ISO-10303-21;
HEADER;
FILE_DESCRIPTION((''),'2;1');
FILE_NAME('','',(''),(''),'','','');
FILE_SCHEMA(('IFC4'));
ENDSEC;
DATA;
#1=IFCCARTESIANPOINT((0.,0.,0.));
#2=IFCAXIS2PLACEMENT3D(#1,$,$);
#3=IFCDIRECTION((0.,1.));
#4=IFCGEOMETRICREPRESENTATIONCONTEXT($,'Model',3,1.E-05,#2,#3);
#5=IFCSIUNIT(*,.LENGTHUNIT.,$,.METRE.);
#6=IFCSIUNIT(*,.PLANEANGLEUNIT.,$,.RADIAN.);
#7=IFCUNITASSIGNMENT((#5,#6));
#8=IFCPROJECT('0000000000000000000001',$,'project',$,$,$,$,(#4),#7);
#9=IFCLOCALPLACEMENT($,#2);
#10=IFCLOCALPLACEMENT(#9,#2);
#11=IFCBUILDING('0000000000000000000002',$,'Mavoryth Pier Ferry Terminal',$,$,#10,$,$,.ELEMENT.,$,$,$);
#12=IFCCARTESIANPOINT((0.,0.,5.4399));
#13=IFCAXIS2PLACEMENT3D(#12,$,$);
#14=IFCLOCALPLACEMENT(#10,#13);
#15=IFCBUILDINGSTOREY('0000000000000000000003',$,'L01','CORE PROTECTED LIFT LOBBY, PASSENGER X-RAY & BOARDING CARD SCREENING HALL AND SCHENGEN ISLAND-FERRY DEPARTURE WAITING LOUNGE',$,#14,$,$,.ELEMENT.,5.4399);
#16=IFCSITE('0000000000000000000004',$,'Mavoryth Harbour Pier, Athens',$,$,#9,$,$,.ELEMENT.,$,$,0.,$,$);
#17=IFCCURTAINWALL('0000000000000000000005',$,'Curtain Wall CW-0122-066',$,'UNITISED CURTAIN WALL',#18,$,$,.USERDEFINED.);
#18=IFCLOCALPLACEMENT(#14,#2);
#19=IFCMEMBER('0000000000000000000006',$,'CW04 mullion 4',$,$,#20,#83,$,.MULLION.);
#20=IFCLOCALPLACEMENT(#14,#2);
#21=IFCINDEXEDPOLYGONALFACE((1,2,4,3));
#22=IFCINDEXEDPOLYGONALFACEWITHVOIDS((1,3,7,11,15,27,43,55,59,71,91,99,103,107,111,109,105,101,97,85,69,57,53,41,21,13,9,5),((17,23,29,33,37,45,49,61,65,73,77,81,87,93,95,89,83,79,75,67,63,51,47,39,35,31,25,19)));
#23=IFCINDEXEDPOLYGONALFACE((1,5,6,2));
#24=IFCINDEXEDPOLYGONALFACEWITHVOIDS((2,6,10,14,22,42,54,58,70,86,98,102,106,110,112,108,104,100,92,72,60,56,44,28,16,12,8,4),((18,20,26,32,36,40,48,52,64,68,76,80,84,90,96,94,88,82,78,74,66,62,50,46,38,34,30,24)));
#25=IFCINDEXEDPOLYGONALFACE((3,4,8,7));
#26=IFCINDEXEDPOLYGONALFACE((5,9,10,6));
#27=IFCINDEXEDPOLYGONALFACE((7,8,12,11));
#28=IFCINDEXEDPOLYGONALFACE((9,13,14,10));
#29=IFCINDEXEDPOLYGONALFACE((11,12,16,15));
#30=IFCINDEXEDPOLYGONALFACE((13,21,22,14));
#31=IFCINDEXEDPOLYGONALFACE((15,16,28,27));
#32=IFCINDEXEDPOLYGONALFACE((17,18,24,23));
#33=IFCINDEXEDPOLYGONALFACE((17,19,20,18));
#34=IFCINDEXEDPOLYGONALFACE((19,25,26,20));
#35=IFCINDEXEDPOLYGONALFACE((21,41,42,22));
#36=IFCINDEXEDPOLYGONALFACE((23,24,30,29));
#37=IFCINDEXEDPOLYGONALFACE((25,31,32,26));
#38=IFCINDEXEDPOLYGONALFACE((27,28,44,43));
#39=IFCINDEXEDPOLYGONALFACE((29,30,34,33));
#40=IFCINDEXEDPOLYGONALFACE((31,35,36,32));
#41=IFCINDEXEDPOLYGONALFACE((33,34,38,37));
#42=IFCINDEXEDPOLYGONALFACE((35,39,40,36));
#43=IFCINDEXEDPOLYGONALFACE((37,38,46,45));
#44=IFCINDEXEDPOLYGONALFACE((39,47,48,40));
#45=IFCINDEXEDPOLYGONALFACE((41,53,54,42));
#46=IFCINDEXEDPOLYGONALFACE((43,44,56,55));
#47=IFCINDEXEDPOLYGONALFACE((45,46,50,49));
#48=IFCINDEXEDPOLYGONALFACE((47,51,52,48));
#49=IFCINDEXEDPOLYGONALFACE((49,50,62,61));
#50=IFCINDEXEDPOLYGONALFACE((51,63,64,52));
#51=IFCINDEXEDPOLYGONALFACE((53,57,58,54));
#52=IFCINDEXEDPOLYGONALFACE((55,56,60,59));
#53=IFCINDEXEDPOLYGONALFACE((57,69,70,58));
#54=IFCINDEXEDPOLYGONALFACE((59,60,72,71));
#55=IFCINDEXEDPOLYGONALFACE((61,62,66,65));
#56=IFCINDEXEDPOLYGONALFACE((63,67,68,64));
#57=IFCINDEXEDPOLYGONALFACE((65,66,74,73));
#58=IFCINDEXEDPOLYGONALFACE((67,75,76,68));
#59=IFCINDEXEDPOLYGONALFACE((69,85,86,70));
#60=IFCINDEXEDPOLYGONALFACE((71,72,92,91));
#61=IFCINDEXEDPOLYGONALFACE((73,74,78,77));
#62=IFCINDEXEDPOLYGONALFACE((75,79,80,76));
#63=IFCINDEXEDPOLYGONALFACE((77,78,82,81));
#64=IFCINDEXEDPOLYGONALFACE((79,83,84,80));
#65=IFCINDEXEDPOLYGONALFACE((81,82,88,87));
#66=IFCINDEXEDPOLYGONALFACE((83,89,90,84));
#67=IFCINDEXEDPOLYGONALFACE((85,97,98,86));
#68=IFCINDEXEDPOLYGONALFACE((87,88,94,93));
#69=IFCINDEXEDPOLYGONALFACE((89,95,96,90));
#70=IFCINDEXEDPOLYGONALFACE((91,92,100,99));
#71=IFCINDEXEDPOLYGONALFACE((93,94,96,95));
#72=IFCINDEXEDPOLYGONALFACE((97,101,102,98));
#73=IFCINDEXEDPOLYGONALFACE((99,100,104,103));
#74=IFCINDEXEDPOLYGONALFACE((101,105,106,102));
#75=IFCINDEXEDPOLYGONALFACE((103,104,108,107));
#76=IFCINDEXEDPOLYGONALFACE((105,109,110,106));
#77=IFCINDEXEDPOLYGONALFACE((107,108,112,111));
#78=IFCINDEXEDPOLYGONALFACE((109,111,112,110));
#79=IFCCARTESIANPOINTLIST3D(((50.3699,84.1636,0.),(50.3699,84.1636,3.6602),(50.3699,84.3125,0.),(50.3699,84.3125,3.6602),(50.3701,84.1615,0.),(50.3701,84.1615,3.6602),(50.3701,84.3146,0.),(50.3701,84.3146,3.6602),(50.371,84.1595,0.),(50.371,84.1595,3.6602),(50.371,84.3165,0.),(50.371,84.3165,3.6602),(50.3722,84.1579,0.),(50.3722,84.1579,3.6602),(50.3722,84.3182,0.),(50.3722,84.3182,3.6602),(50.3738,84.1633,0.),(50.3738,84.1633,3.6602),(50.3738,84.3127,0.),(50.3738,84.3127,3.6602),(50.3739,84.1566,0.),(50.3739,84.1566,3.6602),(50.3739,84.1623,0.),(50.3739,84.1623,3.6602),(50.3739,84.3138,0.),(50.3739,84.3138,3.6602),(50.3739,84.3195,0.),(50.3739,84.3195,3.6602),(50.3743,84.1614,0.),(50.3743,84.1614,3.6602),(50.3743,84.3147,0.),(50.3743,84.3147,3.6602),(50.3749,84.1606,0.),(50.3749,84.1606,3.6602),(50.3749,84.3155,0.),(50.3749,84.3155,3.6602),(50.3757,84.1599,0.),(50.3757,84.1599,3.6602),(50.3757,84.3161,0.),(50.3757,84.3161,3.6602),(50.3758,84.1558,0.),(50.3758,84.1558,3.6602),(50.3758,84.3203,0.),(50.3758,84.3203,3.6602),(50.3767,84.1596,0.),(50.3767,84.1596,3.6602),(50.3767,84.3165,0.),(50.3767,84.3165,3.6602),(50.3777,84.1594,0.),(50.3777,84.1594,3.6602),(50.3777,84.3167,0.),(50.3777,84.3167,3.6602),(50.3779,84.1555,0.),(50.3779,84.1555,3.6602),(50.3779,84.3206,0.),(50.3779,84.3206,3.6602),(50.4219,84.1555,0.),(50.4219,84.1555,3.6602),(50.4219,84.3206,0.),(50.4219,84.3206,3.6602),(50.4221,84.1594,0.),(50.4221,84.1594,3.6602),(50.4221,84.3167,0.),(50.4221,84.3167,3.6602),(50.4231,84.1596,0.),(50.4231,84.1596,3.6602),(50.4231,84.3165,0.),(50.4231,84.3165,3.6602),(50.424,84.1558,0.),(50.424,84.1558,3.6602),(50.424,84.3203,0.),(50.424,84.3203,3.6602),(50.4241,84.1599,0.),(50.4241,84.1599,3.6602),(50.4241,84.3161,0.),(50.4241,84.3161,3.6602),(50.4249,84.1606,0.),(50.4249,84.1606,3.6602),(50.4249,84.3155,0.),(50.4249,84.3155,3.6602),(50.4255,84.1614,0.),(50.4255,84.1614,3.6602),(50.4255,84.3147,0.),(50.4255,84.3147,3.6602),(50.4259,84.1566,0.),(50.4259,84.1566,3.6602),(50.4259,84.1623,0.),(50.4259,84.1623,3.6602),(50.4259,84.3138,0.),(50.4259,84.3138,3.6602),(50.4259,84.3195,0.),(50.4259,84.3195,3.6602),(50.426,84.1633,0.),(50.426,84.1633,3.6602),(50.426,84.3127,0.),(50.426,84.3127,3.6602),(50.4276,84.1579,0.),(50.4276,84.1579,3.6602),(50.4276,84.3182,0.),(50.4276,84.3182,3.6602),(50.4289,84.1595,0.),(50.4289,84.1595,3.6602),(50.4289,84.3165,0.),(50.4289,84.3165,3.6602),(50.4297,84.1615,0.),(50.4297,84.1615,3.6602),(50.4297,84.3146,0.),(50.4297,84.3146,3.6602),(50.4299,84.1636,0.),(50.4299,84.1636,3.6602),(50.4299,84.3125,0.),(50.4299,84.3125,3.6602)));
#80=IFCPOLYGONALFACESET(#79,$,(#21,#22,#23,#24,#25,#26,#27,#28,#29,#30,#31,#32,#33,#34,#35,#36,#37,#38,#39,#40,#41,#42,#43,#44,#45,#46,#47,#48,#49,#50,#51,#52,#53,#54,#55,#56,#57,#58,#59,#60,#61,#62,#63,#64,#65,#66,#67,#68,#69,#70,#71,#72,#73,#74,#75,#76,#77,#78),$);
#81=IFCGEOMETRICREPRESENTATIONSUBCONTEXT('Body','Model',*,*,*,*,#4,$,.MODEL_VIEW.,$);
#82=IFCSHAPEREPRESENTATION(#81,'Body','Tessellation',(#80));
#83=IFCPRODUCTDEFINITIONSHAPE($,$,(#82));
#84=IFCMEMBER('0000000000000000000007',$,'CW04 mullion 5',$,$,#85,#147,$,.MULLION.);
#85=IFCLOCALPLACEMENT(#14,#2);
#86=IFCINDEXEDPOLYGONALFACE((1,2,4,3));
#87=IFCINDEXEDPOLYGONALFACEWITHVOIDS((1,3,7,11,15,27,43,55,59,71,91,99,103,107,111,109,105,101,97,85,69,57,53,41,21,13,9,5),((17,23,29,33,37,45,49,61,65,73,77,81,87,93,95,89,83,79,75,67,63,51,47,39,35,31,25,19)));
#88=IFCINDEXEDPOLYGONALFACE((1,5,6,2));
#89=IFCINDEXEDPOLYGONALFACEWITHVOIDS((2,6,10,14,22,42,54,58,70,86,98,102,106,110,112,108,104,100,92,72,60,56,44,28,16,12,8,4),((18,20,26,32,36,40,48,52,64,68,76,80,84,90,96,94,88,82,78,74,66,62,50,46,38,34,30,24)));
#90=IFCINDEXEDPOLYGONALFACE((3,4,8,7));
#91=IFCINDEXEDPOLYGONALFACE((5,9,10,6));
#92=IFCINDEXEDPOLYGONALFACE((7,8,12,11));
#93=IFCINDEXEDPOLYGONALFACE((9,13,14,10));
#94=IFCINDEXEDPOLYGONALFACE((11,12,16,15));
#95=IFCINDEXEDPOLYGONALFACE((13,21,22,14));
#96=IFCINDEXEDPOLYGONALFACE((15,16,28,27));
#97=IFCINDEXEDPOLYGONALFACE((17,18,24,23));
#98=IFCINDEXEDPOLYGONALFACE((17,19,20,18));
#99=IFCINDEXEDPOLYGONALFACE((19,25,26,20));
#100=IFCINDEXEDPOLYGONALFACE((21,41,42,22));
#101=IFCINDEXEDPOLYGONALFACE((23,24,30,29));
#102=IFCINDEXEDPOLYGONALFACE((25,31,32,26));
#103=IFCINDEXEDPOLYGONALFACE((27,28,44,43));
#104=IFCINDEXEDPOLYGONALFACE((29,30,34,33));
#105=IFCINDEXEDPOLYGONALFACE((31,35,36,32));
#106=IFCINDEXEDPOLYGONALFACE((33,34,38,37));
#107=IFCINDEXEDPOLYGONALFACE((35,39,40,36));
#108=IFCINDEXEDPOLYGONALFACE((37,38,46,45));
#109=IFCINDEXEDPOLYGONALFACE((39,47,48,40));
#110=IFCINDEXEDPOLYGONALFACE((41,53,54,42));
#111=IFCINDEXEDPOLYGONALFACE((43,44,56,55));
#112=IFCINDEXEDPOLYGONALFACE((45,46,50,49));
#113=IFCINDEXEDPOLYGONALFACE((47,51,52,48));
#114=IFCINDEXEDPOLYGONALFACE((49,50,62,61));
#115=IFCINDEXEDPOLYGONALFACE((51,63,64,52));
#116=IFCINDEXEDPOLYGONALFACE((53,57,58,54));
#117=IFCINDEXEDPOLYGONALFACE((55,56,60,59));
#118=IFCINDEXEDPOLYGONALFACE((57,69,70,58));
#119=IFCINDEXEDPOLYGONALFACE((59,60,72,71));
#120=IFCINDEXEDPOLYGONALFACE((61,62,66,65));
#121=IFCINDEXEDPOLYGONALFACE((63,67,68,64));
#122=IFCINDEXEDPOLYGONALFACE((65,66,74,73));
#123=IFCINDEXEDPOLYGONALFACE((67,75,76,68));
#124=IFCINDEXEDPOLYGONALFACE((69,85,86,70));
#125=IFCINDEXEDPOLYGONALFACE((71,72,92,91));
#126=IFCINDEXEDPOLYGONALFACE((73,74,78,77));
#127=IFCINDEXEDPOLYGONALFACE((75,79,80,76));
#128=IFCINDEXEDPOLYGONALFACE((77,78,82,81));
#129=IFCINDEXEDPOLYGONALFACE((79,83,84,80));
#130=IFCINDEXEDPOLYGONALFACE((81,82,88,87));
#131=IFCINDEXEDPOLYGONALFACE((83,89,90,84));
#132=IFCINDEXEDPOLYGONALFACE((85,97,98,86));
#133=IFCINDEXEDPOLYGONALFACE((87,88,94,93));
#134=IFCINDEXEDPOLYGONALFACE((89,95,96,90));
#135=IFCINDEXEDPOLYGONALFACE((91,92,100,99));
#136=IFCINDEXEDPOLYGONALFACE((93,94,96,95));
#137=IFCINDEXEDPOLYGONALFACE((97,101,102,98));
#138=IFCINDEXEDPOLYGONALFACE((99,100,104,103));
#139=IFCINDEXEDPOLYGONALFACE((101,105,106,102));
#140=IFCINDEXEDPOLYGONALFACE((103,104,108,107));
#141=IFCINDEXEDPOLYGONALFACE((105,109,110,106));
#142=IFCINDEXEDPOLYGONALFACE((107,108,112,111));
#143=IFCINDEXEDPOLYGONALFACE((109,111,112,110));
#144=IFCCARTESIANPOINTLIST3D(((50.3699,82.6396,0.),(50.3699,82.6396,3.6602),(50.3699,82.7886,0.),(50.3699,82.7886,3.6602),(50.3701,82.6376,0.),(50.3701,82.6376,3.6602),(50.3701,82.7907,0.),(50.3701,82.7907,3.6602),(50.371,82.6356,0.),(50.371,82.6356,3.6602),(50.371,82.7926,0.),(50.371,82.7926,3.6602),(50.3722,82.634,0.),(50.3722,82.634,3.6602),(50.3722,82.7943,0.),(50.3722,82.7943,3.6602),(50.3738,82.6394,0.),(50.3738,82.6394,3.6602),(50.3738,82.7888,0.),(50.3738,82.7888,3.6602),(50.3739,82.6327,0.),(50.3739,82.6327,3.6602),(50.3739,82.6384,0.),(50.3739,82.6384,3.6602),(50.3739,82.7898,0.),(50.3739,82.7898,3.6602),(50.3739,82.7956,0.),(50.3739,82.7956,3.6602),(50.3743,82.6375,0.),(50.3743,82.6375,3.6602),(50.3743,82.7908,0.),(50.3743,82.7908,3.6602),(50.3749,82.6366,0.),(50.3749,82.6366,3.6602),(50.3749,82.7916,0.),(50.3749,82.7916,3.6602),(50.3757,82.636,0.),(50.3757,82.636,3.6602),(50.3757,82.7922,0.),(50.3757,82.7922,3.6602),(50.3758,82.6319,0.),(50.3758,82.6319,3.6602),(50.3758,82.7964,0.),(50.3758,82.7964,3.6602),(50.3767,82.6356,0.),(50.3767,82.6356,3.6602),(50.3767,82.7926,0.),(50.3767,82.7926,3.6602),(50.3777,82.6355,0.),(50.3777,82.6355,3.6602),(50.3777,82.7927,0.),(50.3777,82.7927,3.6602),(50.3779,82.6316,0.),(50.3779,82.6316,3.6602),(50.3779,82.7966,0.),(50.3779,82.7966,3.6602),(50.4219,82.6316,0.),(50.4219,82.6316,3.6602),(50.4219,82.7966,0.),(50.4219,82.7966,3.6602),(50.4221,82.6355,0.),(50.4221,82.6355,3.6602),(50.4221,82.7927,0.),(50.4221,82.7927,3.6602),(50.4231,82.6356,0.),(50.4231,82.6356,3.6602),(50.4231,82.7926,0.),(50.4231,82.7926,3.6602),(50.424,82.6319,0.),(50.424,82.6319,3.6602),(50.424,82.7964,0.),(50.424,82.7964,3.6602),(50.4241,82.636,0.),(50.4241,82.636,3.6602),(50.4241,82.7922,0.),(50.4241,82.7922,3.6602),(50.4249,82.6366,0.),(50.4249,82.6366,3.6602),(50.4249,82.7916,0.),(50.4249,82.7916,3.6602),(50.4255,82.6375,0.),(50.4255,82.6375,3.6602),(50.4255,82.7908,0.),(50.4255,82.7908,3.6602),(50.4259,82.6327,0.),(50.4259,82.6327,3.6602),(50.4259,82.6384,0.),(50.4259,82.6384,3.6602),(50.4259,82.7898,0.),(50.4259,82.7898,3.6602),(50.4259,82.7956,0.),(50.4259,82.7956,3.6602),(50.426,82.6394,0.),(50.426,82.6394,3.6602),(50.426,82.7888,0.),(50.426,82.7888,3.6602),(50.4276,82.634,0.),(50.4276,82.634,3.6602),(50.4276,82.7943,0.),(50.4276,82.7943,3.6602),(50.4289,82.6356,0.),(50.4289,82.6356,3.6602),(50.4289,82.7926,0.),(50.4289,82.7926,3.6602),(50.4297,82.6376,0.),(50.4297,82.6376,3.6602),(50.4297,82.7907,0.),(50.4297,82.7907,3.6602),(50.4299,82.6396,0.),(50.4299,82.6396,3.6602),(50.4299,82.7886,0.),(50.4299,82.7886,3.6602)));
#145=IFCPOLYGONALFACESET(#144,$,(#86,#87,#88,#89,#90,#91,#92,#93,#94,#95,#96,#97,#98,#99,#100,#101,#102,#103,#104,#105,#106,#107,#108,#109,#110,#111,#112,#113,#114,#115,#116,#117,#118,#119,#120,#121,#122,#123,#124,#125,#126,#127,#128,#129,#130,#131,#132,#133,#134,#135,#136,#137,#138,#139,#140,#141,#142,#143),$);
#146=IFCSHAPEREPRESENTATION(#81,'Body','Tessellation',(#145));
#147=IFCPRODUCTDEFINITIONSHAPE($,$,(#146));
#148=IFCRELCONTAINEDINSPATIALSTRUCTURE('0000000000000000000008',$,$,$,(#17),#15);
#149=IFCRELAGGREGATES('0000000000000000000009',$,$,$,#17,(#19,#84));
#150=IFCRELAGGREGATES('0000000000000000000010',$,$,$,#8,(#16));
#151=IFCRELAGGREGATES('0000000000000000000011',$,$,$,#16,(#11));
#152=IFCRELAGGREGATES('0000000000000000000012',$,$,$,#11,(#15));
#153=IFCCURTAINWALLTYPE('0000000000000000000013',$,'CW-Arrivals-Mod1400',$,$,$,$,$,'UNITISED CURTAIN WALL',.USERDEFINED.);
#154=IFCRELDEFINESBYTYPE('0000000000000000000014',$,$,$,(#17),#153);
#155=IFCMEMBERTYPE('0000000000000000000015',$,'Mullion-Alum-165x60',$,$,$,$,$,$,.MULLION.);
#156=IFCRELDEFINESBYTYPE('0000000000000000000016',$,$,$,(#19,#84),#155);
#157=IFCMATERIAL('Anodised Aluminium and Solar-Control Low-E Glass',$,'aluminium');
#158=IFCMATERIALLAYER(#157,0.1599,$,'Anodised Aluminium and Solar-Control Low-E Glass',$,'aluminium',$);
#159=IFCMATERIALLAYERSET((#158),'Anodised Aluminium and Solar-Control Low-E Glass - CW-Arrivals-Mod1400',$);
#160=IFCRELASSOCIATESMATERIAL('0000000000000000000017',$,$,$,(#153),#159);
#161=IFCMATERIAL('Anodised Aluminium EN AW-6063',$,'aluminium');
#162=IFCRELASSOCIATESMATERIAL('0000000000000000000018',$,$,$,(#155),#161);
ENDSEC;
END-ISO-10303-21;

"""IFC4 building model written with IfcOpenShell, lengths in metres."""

from ifc_helpers import new_model, si_unit, direction, frame, origin, origin_2d, place, context, subcontext, project, spatial, hollow_rectangle, extrude, material, layer, layer_set, material_profile, profile_set, type_object, element, aggregate, save


model = new_model("IFC4")

# Units and contexts
model_context = context("Model", 3, precision=1e-05, world=origin(), true_north=direction((0.0, 1.0)))
body_context = subcontext(model_context, "Body", "Model", "MODEL_VIEW")
ifc_project = project(units=[si_unit("LENGTHUNIT", "METRE"), si_unit("PLANEANGLEUNIT", "RADIAN")], contexts=[model_context])

# Site, building, storey
site_placement = place(None, origin())
site = spatial("IfcSite", under=ifc_project, at=site_placement, Name="Mavoryth Harbour Pier, Athens", CompositionType="ELEMENT", RefElevation=0.0)
building_placement = place(site_placement, origin())
building = spatial("IfcBuilding", under=site, at=building_placement, Name="Mavoryth Pier Ferry Terminal", CompositionType="ELEMENT")
storey_placement = place(building_placement, frame((0.0, 0.0, 5.4399)))
storey = spatial("IfcBuildingStorey", under=building, at=storey_placement, Name="L01", Description="CORE PROTECTED LIFT LOBBY, PASSENGER X-RAY & BOARDING CARD SCREENING HALL AND SCHENGEN ISLAND-FERRY DEPARTURE WAITING LOUNGE", CompositionType="ELEMENT", Elevation=5.4399)

# Curtain wall, members
ifc_material_1 = material(Name="Anodised Aluminium and Solar-Control Low-E Glass", Category="aluminium")
ifc_layer_1 = layer(ifc_material_1, 0.1599, Name="Anodised Aluminium and Solar-Control Low-E Glass", Category="aluminium")
ifc_layer_set_1 = layer_set([ifc_layer_1], Name="Anodised Aluminium and Solar-Control Low-E Glass - CW-Arrivals-Mod1400")
curtain_wall_type = type_object("IfcCurtainWallType", Name="CW-Arrivals-Mod1400", ElementType="UNITISED CURTAIN WALL", PredefinedType="USERDEFINED", material=ifc_layer_set_1)
ifc_material_2 = material(Name="Anodised Aluminium EN AW-6063", Category="aluminium")
ifc_material_profile_1 = material_profile(ifc_material_2, hollow_rectangle(XDim=0.0601, YDim=0.165, WallThickness=0.0039, InnerFilletRadius=0.0039, OuterFilletRadius=0.0081, at=origin_2d()), Name="AL-MULL 165x60x4", Category="aluminium")
ifc_profile_set_1 = profile_set([ifc_material_profile_1], Name="Anodised Aluminium EN AW-6063 - AL-MULL 165x60x4")
member_type_1 = type_object("IfcMemberType", Name="Mullion-Alum-165x60", PredefinedType="MULLION", material=ifc_profile_set_1)
curtain_wall_1_placement = place(storey_placement, origin())
curtain_wall_1 = element("IfcCurtainWall", 1, at=curtain_wall_1_placement, inside=storey, type_object=curtain_wall_type, Name="Curtain Wall CW-0122-066", ObjectType="UNITISED CURTAIN WALL", PredefinedType="USERDEFINED")
member_1_placement = place(storey_placement, frame((50.3999, 84.238, 0.0), z_axis=(0.0, 0.0, 1.0), x_axis=(1.0, 0.0, 0.0)))
member_1 = element("IfcMember", 2, at=member_1_placement, type_object=member_type_1, Name="CW04 mullion 4", PredefinedType="MULLION", context=body_context, shape_type="SweptSolid", body=[
    extrude(hollow_rectangle(XDim=0.0601, YDim=0.165, WallThickness=0.0039, InnerFilletRadius=0.0039, OuterFilletRadius=0.0081, at=origin_2d()), origin(), (0.0, 0.0, 1.0), 3.6602),
])
member_2_placement = place(storey_placement, frame((50.3999, 82.7141, 0.0), z_axis=(0.0, 0.0, 1.0), x_axis=(1.0, 0.0, 0.0)))
member_2 = element("IfcMember", 3, at=member_2_placement, type_object=member_type_1, Name="CW04 mullion 5", PredefinedType="MULLION", context=body_context, shape_type="SweptSolid", body=[
    extrude(hollow_rectangle(XDim=0.0601, YDim=0.165, WallThickness=0.0039, InnerFilletRadius=0.0039, OuterFilletRadius=0.0081, at=origin_2d()), origin(), (0.0, 0.0, 1.0), 3.6602),
])

aggregate(curtain_wall_1, [member_1, member_2])

save(model, "model.ifc")
